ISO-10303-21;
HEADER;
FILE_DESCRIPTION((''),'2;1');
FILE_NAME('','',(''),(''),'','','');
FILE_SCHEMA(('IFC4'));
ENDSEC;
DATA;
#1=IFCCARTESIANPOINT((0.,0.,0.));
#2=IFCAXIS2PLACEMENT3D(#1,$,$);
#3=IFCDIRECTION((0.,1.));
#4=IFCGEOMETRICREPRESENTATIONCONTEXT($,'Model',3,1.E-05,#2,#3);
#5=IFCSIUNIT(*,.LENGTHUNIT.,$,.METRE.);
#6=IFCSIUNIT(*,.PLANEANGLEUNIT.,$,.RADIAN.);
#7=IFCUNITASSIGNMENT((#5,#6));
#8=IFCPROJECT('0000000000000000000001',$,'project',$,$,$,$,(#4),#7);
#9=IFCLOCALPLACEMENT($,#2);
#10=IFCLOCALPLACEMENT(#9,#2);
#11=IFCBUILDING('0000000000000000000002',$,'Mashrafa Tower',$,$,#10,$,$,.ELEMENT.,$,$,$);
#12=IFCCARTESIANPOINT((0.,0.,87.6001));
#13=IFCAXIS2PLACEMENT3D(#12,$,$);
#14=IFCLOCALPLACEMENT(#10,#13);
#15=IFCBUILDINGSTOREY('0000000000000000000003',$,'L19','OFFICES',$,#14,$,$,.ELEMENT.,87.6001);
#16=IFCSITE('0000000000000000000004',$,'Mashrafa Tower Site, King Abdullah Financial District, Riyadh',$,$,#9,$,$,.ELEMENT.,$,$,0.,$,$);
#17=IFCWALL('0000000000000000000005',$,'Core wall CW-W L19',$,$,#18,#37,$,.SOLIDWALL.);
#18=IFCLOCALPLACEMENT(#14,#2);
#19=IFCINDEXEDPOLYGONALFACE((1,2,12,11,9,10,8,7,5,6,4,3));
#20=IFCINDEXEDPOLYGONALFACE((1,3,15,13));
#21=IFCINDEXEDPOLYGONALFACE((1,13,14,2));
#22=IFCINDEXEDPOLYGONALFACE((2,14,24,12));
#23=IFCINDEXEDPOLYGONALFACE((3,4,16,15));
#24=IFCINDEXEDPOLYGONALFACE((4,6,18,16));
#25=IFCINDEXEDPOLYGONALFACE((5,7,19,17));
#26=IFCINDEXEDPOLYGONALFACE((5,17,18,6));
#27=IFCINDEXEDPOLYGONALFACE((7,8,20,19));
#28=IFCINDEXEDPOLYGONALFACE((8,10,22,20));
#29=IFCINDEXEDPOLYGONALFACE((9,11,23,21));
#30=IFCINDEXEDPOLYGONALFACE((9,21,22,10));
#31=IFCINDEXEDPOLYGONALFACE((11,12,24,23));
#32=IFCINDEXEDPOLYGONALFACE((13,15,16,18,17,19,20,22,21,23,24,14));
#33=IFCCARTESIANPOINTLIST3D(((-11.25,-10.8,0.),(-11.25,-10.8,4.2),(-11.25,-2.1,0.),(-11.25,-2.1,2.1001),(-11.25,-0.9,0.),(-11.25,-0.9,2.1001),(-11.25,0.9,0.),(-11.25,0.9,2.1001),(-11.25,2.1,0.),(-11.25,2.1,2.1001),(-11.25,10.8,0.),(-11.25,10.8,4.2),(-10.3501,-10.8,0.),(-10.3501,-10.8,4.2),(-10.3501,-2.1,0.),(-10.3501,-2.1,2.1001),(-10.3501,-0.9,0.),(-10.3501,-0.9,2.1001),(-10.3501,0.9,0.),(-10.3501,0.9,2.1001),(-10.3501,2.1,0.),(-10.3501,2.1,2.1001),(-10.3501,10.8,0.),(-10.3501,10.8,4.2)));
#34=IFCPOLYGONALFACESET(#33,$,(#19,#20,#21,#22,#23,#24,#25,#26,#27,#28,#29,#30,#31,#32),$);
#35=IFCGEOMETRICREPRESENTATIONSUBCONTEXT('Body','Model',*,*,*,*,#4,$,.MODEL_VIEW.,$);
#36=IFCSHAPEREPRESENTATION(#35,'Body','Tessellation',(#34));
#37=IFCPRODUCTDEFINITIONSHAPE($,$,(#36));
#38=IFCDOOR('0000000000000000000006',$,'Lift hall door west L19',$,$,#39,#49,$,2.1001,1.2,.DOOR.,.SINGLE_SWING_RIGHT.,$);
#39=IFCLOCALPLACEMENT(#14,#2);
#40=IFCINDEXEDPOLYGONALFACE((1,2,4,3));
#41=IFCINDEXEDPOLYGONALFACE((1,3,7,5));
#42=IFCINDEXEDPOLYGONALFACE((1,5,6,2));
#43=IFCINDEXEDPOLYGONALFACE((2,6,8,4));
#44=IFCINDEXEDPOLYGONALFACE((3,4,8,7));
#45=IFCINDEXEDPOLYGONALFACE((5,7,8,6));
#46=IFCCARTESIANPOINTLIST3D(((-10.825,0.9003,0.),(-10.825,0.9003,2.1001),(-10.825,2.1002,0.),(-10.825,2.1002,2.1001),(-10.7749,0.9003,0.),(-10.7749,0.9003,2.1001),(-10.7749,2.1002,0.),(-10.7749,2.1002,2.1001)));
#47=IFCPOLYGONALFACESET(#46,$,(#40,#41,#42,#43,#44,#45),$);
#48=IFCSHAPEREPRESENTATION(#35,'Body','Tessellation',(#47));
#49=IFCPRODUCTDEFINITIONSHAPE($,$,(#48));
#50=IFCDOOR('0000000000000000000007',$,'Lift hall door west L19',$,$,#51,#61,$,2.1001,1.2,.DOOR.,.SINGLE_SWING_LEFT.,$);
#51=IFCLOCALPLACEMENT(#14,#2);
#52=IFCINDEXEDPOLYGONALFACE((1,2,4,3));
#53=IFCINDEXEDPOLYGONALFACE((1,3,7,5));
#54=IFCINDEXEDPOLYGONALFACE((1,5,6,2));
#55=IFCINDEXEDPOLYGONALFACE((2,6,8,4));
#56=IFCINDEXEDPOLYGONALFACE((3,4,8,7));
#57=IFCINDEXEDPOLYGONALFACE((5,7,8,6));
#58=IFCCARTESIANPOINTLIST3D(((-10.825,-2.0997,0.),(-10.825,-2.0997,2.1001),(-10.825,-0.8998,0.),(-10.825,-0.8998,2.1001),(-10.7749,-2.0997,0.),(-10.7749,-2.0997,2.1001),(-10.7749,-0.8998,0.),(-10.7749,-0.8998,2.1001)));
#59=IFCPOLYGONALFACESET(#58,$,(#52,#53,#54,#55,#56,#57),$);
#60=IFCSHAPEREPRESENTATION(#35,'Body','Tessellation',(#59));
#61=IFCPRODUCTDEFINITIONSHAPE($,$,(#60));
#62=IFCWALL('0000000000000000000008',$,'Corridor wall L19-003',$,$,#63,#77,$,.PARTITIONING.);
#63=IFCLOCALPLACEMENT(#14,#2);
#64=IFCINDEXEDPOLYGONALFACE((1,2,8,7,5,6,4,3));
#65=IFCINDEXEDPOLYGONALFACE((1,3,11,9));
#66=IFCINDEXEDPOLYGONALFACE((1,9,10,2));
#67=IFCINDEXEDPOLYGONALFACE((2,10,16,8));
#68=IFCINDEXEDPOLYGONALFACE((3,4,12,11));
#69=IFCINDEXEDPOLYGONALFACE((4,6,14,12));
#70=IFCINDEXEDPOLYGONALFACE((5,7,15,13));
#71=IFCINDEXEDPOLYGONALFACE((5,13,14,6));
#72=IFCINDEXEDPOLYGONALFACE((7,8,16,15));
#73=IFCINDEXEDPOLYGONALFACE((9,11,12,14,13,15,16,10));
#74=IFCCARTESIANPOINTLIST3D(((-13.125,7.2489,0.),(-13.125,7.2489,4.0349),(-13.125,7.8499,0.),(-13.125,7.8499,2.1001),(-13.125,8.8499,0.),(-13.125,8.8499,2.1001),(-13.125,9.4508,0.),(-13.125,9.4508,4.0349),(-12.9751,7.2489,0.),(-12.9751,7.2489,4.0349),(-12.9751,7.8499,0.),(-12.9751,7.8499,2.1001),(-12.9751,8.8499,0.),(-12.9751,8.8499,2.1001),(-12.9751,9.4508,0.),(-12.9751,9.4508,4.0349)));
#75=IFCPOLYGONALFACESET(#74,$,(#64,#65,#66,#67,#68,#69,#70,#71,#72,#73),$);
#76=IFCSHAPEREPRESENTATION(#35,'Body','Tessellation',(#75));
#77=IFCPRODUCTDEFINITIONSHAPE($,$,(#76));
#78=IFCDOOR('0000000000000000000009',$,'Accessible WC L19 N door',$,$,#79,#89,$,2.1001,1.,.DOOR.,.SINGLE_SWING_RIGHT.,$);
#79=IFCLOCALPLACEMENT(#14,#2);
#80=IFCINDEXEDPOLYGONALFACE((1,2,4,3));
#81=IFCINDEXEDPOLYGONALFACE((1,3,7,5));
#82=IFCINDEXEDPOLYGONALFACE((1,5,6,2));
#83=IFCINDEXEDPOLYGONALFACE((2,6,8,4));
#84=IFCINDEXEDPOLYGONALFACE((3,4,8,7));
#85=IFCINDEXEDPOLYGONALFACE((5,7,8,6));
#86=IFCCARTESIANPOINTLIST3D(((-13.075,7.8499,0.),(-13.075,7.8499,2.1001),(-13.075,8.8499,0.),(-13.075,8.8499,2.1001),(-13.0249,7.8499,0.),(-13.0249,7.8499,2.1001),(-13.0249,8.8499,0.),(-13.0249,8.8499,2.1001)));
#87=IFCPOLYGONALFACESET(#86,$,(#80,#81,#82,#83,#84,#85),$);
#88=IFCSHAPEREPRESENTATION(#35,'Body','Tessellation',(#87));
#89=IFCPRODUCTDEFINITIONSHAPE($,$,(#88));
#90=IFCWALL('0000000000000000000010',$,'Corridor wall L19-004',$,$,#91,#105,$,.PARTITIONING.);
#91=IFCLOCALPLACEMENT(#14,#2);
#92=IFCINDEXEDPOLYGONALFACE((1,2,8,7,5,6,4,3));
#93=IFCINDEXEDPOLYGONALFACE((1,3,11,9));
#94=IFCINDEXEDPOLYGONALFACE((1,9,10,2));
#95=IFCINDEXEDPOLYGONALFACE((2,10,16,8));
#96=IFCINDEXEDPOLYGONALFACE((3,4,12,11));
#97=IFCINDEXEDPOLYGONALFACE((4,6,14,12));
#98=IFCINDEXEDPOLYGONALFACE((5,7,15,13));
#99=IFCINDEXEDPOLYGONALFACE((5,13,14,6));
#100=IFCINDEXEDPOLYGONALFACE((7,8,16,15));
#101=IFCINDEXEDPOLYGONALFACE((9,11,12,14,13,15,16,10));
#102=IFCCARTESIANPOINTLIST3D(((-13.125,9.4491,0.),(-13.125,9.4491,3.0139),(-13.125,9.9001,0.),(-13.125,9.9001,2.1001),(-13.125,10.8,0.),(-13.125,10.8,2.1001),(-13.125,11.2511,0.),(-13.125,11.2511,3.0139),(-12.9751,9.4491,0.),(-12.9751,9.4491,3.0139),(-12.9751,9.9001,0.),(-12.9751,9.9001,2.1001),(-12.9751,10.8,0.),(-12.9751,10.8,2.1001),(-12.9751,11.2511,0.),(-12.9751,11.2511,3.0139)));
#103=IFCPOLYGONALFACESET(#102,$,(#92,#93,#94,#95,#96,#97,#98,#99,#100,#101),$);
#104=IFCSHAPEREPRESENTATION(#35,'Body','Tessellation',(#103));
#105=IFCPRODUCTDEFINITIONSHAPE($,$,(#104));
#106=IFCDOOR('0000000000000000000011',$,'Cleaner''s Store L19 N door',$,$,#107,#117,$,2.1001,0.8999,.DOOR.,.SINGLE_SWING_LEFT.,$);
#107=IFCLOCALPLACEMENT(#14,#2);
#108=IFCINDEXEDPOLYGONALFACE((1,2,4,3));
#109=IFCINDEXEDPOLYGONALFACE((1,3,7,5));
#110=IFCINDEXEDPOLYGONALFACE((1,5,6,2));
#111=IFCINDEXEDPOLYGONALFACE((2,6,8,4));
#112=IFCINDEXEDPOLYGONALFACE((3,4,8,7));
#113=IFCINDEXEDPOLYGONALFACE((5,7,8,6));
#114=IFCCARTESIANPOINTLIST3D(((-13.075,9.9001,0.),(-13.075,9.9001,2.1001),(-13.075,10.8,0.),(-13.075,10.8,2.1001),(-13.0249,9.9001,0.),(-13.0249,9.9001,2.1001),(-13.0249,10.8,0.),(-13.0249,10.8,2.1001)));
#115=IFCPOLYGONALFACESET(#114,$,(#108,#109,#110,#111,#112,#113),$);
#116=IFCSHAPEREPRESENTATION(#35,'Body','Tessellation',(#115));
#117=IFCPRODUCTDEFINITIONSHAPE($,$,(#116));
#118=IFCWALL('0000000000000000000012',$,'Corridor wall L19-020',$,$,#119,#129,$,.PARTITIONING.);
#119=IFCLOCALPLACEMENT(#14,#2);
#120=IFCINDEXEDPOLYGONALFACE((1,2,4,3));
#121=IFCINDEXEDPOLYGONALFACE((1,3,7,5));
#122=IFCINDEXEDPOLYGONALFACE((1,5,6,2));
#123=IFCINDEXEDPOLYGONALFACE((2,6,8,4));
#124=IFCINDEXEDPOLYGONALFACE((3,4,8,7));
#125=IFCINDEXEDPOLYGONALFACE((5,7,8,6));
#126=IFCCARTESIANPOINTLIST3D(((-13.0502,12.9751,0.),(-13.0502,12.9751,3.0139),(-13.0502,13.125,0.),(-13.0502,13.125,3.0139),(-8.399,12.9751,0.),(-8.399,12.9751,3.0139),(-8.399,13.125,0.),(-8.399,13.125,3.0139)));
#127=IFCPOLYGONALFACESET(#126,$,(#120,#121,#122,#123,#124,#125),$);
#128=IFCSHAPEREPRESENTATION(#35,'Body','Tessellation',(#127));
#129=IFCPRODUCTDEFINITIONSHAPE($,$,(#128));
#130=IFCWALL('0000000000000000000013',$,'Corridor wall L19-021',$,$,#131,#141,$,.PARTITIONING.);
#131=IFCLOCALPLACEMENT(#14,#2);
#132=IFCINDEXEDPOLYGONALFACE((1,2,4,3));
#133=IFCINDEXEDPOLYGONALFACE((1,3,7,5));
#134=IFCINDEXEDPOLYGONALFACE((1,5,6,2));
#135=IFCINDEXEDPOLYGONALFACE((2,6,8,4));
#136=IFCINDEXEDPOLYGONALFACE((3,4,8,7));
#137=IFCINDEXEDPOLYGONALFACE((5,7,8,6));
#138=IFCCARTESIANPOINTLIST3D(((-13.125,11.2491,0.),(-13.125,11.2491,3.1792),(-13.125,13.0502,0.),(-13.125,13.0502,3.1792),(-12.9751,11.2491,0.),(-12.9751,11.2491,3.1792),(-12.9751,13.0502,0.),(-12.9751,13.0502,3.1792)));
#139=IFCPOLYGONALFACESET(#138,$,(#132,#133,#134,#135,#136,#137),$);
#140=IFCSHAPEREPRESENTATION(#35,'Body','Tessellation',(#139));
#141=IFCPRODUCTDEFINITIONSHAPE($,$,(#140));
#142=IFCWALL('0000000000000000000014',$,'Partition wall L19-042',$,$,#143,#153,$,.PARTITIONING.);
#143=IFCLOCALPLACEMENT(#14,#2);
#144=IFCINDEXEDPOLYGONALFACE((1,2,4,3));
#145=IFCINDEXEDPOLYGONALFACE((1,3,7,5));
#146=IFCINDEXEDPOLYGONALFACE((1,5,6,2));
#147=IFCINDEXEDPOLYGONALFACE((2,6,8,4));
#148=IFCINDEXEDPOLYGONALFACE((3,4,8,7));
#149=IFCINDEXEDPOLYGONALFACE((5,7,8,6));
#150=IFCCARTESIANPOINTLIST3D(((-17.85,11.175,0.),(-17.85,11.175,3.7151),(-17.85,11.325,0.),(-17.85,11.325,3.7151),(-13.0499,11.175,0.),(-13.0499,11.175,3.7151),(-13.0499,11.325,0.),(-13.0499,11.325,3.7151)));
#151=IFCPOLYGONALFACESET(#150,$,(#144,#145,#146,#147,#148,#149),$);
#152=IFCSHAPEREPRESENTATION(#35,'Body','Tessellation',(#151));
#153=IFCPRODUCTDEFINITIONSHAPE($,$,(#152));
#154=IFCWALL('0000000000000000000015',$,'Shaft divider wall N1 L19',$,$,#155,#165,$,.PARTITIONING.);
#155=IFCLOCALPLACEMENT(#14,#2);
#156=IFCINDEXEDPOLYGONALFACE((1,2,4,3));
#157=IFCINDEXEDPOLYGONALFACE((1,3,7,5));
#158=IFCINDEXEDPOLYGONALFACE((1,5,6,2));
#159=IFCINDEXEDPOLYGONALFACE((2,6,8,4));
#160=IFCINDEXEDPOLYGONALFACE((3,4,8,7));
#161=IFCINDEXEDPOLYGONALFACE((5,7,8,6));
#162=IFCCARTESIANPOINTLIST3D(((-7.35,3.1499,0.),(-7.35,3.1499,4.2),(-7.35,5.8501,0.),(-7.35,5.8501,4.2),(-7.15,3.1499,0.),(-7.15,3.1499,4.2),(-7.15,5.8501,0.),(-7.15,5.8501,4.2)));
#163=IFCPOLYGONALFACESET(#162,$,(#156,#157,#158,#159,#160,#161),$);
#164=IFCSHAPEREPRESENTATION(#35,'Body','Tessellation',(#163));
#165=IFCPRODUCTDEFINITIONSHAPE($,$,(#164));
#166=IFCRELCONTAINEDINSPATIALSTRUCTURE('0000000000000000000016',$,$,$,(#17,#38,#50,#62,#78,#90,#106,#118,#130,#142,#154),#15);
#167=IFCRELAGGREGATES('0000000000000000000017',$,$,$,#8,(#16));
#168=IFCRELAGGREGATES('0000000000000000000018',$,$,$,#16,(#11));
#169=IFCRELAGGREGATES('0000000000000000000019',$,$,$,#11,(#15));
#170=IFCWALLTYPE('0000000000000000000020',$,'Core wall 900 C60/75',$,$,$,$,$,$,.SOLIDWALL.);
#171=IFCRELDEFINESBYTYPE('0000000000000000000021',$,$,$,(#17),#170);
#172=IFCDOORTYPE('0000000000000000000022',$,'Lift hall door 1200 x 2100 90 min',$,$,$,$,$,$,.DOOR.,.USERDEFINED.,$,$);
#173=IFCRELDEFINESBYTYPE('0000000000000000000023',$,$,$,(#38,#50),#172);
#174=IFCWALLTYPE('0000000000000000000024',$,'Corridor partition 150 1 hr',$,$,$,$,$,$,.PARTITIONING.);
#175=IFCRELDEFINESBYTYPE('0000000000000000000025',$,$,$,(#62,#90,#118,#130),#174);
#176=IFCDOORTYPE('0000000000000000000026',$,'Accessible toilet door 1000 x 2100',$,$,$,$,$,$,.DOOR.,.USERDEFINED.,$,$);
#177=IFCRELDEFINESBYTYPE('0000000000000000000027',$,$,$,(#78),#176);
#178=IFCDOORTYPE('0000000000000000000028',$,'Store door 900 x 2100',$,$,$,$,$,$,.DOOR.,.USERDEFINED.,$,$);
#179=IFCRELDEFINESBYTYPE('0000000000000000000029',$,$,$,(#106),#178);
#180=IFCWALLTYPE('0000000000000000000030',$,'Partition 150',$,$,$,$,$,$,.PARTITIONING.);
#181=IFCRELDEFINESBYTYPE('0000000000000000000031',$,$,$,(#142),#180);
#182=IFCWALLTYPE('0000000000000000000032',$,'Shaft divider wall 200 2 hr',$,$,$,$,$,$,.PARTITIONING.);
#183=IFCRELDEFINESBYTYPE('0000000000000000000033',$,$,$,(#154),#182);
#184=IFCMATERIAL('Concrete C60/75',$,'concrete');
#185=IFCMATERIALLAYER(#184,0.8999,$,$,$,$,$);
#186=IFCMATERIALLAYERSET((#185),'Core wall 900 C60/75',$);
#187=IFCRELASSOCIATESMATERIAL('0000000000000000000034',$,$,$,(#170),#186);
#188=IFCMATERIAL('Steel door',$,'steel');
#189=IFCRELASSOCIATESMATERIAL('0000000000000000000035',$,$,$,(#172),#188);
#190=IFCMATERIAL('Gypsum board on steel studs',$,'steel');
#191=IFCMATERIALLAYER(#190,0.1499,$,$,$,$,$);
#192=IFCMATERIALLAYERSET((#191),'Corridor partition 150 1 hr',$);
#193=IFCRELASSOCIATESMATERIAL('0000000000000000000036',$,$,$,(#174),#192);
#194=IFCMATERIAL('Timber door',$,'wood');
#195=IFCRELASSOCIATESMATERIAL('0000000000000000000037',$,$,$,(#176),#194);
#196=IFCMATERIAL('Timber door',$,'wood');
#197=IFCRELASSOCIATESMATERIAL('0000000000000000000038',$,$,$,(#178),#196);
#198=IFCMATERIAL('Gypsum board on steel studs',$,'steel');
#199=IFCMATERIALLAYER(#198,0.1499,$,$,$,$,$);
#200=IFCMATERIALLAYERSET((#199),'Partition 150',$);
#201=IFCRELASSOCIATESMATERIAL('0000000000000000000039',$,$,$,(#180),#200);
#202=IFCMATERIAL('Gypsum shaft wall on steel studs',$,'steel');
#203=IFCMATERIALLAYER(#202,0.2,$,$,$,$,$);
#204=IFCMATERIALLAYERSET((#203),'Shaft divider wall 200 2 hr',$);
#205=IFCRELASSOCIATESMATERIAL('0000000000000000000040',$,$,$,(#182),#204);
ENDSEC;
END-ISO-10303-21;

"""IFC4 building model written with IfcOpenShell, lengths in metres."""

from ifc_helpers import new_model, si_unit, direction, frame, frame_2d, origin, place, context, subcontext, project, spatial, rectangle, extrude, material, layer, layer_set, type_object, element, fill, save


model = new_model("IFC4")

# Units and contexts
model_context = context("Model", 3, precision=1e-05, world=origin(), true_north=direction((0.0, 1.0)))
body_context = subcontext(model_context, "Body", "Model", "MODEL_VIEW")
ifc_project = project(units=[si_unit("LENGTHUNIT", "METRE"), si_unit("PLANEANGLEUNIT", "RADIAN")], contexts=[model_context])

# Site, building, storey
site_placement = place(None, origin())
site = spatial("IfcSite", under=ifc_project, at=site_placement, Name="Mashrafa Tower Site, King Abdullah Financial District, Riyadh", CompositionType="ELEMENT", RefElevation=0.0)
building_placement = place(site_placement, origin())
building = spatial("IfcBuilding", under=site, at=building_placement, Name="Mashrafa Tower", CompositionType="ELEMENT")
storey_placement = place(building_placement, frame((0.0, 0.0, 87.6001)))
storey = spatial("IfcBuildingStorey", under=building, at=storey_placement, Name="L19", Description="OFFICES", CompositionType="ELEMENT", Elevation=87.6001)

# Wall, openings, doors
ifc_material_1 = material(Name="Concrete C60/75", Category="concrete")
ifc_layer_1 = layer(ifc_material_1, 0.8999)
ifc_layer_set_1 = layer_set([ifc_layer_1], Name="Core wall 900 C60/75")
wall_type_1 = type_object("IfcWallType", Name="Core wall 900 C60/75", PredefinedType="SOLIDWALL", material=ifc_layer_set_1)
wall_1_placement = place(storey_placement, frame((-10.8, 10.8, 0.0), z_axis=(0.0, 0.0, 1.0), x_axis=(0.0, -1.0, 0.0)))
wall_1 = element("IfcWall", 1, at=wall_1_placement, inside=storey, type_object=wall_type_1, Name="Core wall CW-W L19", PredefinedType="SOLIDWALL", context=body_context, shape_type="SweptSolid", body=[
    extrude(rectangle(XDim=21.6001, YDim=0.8999, at=frame_2d((10.8, 0.0))), origin(), (0.0, 0.0, 1.0), 4.2),
])
opening_1_placement = place(wall_1_placement, frame((8.7, 0.0, 0.0)))
opening_1 = element("IfcOpeningElement", 2, at=opening_1_placement, cuts=wall_1, PredefinedType="OPENING", context=body_context, shape_type="SweptSolid", body=[
    extrude(rectangle(XDim=1.2, YDim=2.1001, at=frame_2d((0.6001, 1.05))), frame((0.0, 0.46, 0.0), z_axis=(0.0, -1.0, 0.0), x_axis=(1.0, 0.0, 0.0)), (0.0, 0.0, 1.0), 0.9199),
])
opening_2_placement = place(wall_1_placement, frame((11.7, 0.0, 0.0)))
opening_2 = element("IfcOpeningElement", 3, at=opening_2_placement, cuts=wall_1, PredefinedType="OPENING", context=body_context, shape_type="SweptSolid", body=[
    extrude(rectangle(XDim=1.2, YDim=2.1001, at=frame_2d((0.6001, 1.05))), frame((0.0, 0.46, 0.0), z_axis=(0.0, -1.0, 0.0), x_axis=(1.0, 0.0, 0.0)), (0.0, 0.0, 1.0), 0.9199),
])
ifc_material_2 = material(Name="Steel door", Category="steel")
door_type_1 = type_object("IfcDoorType", Name="Lift hall door 1200 x 2100 90 min", OperationType="USERDEFINED", PredefinedType="DOOR", material=ifc_material_2)
door_1_placement = place(opening_1_placement, frame((1.2, 0.0, 0.0), z_axis=(0.0, 0.0, 1.0), x_axis=(-1.0, 0.0, 0.0)))
door_1 = element("IfcDoor", 4, at=door_1_placement, inside=storey, type_object=door_type_1, Name="Lift hall door west L19", OperationType="SINGLE_SWING_RIGHT", OverallHeight=2.1001, OverallWidth=1.2, PredefinedType="DOOR", context=body_context, shape_type="SweptSolid", body=[
    extrude(rectangle(XDim=1.2, YDim=2.1001, at=frame_2d((0.6001, 1.05))), frame((0.0, 0.0249, 0.0), z_axis=(0.0, -1.0, 0.0), x_axis=(1.0, 0.0, 0.0)), (0.0, 0.0, 1.0), 0.05),
])
fill(opening_1, door_1)
door_2_placement = place(opening_2_placement, frame((1.2, 0.0, 0.0), z_axis=(0.0, 0.0, 1.0), x_axis=(-1.0, 0.0, 0.0)))
door_2 = element("IfcDoor", 5, at=door_2_placement, inside=storey, type_object=door_type_1, Name="Lift hall door west L19", OperationType="SINGLE_SWING_LEFT", OverallHeight=2.1001, OverallWidth=1.2, PredefinedType="DOOR", context=body_context, shape_type="SweptSolid", body=[
    extrude(rectangle(XDim=1.2, YDim=2.1001, at=frame_2d((0.6001, 1.05))), frame((0.0, 0.0249, 0.0), z_axis=(0.0, -1.0, 0.0), x_axis=(1.0, 0.0, 0.0)), (0.0, 0.0, 1.0), 0.05),
])
fill(opening_2, door_2)

# Walls, openings, doors
ifc_material_3 = material(Name="Gypsum board on steel studs", Category="steel")
ifc_layer_2 = layer(ifc_material_3, 0.1499)
ifc_layer_set_2 = layer_set([ifc_layer_2], Name="Corridor partition 150 1 hr")
wall_type_2 = type_object("IfcWallType", Name="Corridor partition 150 1 hr", PredefinedType="PARTITIONING", material=ifc_layer_set_2)
wall_2_placement = place(storey_placement, frame((-13.05, 9.4509, 0.0), z_axis=(0.0, 0.0, 1.0), x_axis=(0.0, -1.0, 0.0)))
wall_2 = element("IfcWall", 6, at=wall_2_placement, inside=storey, type_object=wall_type_2, Name="Corridor wall L19-003", PredefinedType="PARTITIONING", context=body_context, shape_type="SweptSolid", body=[
    extrude(rectangle(XDim=2.2019, YDim=0.1499, at=frame_2d((1.1011, 0.0))), origin(), (0.0, 0.0, 1.0), 4.0349),
])
opening_3_placement = place(wall_2_placement, frame((0.6011, 0.0, 0.0)))
opening_3 = element("IfcOpeningElement", 7, at=opening_3_placement, cuts=wall_2, PredefinedType="OPENING", context=body_context, shape_type="SweptSolid", body=[
    extrude(rectangle(XDim=1.0, YDim=2.1001, at=frame_2d((0.5, 1.05))), frame((0.0, 0.085, 0.0), z_axis=(0.0, -1.0, 0.0), x_axis=(1.0, 0.0, 0.0)), (0.0, 0.0, 1.0), 0.1699),
])
ifc_material_4 = material(Name="Timber door", Category="wood")
door_type_2 = type_object("IfcDoorType", Name="Accessible toilet door 1000 x 2100", OperationType="USERDEFINED", PredefinedType="DOOR", material=ifc_material_4)
door_3_placement = place(opening_3_placement, frame((1.0, 0.0, 0.0), z_axis=(0.0, 0.0, 1.0), x_axis=(-1.0, 0.0, 0.0)))
door_3 = element("IfcDoor", 8, at=door_3_placement, inside=storey, type_object=door_type_2, Name="Accessible WC L19 N door", OperationType="SINGLE_SWING_RIGHT", OverallHeight=2.1001, OverallWidth=1.0, PredefinedType="DOOR", context=body_context, shape_type="SweptSolid", body=[
    extrude(rectangle(XDim=1.0, YDim=2.1001, at=frame_2d((0.5, 1.05))), frame((0.0, 0.0249, 0.0), z_axis=(0.0, -1.0, 0.0), x_axis=(1.0, 0.0, 0.0)), (0.0, 0.0, 1.0), 0.05),
])
fill(opening_3, door_3)
wall_3_placement = place(storey_placement, frame((-13.05, 11.251, 0.0), z_axis=(0.0, 0.0, 1.0), x_axis=(0.0, -1.0, 0.0)))
wall_3 = element("IfcWall", 9, at=wall_3_placement, inside=storey, type_object=wall_type_2, Name="Corridor wall L19-004", PredefinedType="PARTITIONING", context=body_context, shape_type="SweptSolid", body=[
    extrude(rectangle(XDim=1.802, YDim=0.1499, at=frame_2d((0.9009, 0.0))), origin(), (0.0, 0.0, 1.0), 3.0139),
])
opening_4_placement = place(wall_3_placement, frame((0.4509, 0.0, 0.0)))
opening_4 = element("IfcOpeningElement", 10, at=opening_4_placement, cuts=wall_3, PredefinedType="OPENING", context=body_context, shape_type="SweptSolid", body=[
    extrude(rectangle(XDim=0.8999, YDim=2.1001, at=frame_2d((0.45, 1.05))), frame((0.0, 0.085, 0.0), z_axis=(0.0, -1.0, 0.0), x_axis=(1.0, 0.0, 0.0)), (0.0, 0.0, 1.0), 0.1699),
])
ifc_material_5 = material(Name="Timber door", Category="wood")
door_type_3 = type_object("IfcDoorType", Name="Store door 900 x 2100", OperationType="USERDEFINED", PredefinedType="DOOR", material=ifc_material_5)
door_4_placement = place(opening_4_placement, frame((0.8999, 0.0, 0.0), z_axis=(0.0, 0.0, 1.0), x_axis=(-1.0, 0.0, 0.0)))
door_4 = element("IfcDoor", 11, at=door_4_placement, inside=storey, type_object=door_type_3, Name="Cleaner's Store L19 N door", OperationType="SINGLE_SWING_LEFT", OverallHeight=2.1001, OverallWidth=0.8999, PredefinedType="DOOR", context=body_context, shape_type="SweptSolid", body=[
    extrude(rectangle(XDim=0.8999, YDim=2.1001, at=frame_2d((0.45, 1.05))), frame((0.0, 0.0249, 0.0), z_axis=(0.0, -1.0, 0.0), x_axis=(1.0, 0.0, 0.0)), (0.0, 0.0, 1.0), 0.05),
])
fill(opening_4, door_4)

# Walls
wall_4_placement = place(storey_placement, frame((-8.3989, 13.05, 0.0), z_axis=(0.0, 0.0, 1.0), x_axis=(-1.0, 0.0, 0.0)))
element("IfcWall", 12, at=wall_4_placement, inside=storey, type_object=wall_type_2, Name="Corridor wall L19-020", PredefinedType="PARTITIONING", context=body_context, shape_type="SweptSolid", body=[
    extrude(rectangle(XDim=4.6511, YDim=0.1499, at=frame_2d((2.3257, 0.0))), origin(), (0.0, 0.0, 1.0), 3.0139),
])
wall_5_placement = place(storey_placement, frame((-13.05, 13.05, 0.0), z_axis=(0.0, 0.0, 1.0), x_axis=(0.0, -1.0, 0.0)))
element("IfcWall", 13, at=wall_5_placement, inside=storey, type_object=wall_type_2, Name="Corridor wall L19-021", PredefinedType="PARTITIONING", context=body_context, shape_type="SweptSolid", body=[
    extrude(rectangle(XDim=1.801, YDim=0.1499, at=frame_2d((0.9004, 0.0))), origin(), (0.0, 0.0, 1.0), 3.1792),
])
ifc_material_6 = material(Name="Gypsum board on steel studs", Category="steel")
ifc_layer_3 = layer(ifc_material_6, 0.1499)
ifc_layer_set_3 = layer_set([ifc_layer_3], Name="Partition 150")
wall_type_3 = type_object("IfcWallType", Name="Partition 150", PredefinedType="PARTITIONING", material=ifc_layer_set_3)
wall_6_placement = place(storey_placement, frame((-13.05, 11.25, 0.0), z_axis=(0.0, 0.0, 1.0), x_axis=(-1.0, 0.0, 0.0)))
element("IfcWall", 14, at=wall_6_placement, inside=storey, type_object=wall_type_3, Name="Partition wall L19-042", PredefinedType="PARTITIONING", context=body_context, shape_type="SweptSolid", body=[
    extrude(rectangle(XDim=4.8, YDim=0.1499, at=frame_2d((2.3999, 0.0))), origin(), (0.0, 0.0, 1.0), 3.7151),
])
ifc_material_7 = material(Name="Gypsum shaft wall on steel studs", Category="steel")
ifc_layer_4 = layer(ifc_material_7, 0.2)
ifc_layer_set_4 = layer_set([ifc_layer_4], Name="Shaft divider wall 200 2 hr")
wall_type_4 = type_object("IfcWallType", Name="Shaft divider wall 200 2 hr", PredefinedType="PARTITIONING", material=ifc_layer_set_4)
wall_7_placement = place(storey_placement, frame((-7.25, 3.1499, 0.0), z_axis=(0.0, 0.0, 1.0), x_axis=(0.0, 1.0, 0.0)))
element("IfcWall", 15, at=wall_7_placement, inside=storey, type_object=wall_type_4, Name="Shaft divider wall N1 L19", PredefinedType="PARTITIONING", context=body_context, shape_type="SweptSolid", body=[
    extrude(rectangle(XDim=2.7002, YDim=0.2, at=frame_2d((1.3501, 0.0))), origin(), (0.0, 0.0, 1.0), 4.2),
])

save(model, "model.ifc")
